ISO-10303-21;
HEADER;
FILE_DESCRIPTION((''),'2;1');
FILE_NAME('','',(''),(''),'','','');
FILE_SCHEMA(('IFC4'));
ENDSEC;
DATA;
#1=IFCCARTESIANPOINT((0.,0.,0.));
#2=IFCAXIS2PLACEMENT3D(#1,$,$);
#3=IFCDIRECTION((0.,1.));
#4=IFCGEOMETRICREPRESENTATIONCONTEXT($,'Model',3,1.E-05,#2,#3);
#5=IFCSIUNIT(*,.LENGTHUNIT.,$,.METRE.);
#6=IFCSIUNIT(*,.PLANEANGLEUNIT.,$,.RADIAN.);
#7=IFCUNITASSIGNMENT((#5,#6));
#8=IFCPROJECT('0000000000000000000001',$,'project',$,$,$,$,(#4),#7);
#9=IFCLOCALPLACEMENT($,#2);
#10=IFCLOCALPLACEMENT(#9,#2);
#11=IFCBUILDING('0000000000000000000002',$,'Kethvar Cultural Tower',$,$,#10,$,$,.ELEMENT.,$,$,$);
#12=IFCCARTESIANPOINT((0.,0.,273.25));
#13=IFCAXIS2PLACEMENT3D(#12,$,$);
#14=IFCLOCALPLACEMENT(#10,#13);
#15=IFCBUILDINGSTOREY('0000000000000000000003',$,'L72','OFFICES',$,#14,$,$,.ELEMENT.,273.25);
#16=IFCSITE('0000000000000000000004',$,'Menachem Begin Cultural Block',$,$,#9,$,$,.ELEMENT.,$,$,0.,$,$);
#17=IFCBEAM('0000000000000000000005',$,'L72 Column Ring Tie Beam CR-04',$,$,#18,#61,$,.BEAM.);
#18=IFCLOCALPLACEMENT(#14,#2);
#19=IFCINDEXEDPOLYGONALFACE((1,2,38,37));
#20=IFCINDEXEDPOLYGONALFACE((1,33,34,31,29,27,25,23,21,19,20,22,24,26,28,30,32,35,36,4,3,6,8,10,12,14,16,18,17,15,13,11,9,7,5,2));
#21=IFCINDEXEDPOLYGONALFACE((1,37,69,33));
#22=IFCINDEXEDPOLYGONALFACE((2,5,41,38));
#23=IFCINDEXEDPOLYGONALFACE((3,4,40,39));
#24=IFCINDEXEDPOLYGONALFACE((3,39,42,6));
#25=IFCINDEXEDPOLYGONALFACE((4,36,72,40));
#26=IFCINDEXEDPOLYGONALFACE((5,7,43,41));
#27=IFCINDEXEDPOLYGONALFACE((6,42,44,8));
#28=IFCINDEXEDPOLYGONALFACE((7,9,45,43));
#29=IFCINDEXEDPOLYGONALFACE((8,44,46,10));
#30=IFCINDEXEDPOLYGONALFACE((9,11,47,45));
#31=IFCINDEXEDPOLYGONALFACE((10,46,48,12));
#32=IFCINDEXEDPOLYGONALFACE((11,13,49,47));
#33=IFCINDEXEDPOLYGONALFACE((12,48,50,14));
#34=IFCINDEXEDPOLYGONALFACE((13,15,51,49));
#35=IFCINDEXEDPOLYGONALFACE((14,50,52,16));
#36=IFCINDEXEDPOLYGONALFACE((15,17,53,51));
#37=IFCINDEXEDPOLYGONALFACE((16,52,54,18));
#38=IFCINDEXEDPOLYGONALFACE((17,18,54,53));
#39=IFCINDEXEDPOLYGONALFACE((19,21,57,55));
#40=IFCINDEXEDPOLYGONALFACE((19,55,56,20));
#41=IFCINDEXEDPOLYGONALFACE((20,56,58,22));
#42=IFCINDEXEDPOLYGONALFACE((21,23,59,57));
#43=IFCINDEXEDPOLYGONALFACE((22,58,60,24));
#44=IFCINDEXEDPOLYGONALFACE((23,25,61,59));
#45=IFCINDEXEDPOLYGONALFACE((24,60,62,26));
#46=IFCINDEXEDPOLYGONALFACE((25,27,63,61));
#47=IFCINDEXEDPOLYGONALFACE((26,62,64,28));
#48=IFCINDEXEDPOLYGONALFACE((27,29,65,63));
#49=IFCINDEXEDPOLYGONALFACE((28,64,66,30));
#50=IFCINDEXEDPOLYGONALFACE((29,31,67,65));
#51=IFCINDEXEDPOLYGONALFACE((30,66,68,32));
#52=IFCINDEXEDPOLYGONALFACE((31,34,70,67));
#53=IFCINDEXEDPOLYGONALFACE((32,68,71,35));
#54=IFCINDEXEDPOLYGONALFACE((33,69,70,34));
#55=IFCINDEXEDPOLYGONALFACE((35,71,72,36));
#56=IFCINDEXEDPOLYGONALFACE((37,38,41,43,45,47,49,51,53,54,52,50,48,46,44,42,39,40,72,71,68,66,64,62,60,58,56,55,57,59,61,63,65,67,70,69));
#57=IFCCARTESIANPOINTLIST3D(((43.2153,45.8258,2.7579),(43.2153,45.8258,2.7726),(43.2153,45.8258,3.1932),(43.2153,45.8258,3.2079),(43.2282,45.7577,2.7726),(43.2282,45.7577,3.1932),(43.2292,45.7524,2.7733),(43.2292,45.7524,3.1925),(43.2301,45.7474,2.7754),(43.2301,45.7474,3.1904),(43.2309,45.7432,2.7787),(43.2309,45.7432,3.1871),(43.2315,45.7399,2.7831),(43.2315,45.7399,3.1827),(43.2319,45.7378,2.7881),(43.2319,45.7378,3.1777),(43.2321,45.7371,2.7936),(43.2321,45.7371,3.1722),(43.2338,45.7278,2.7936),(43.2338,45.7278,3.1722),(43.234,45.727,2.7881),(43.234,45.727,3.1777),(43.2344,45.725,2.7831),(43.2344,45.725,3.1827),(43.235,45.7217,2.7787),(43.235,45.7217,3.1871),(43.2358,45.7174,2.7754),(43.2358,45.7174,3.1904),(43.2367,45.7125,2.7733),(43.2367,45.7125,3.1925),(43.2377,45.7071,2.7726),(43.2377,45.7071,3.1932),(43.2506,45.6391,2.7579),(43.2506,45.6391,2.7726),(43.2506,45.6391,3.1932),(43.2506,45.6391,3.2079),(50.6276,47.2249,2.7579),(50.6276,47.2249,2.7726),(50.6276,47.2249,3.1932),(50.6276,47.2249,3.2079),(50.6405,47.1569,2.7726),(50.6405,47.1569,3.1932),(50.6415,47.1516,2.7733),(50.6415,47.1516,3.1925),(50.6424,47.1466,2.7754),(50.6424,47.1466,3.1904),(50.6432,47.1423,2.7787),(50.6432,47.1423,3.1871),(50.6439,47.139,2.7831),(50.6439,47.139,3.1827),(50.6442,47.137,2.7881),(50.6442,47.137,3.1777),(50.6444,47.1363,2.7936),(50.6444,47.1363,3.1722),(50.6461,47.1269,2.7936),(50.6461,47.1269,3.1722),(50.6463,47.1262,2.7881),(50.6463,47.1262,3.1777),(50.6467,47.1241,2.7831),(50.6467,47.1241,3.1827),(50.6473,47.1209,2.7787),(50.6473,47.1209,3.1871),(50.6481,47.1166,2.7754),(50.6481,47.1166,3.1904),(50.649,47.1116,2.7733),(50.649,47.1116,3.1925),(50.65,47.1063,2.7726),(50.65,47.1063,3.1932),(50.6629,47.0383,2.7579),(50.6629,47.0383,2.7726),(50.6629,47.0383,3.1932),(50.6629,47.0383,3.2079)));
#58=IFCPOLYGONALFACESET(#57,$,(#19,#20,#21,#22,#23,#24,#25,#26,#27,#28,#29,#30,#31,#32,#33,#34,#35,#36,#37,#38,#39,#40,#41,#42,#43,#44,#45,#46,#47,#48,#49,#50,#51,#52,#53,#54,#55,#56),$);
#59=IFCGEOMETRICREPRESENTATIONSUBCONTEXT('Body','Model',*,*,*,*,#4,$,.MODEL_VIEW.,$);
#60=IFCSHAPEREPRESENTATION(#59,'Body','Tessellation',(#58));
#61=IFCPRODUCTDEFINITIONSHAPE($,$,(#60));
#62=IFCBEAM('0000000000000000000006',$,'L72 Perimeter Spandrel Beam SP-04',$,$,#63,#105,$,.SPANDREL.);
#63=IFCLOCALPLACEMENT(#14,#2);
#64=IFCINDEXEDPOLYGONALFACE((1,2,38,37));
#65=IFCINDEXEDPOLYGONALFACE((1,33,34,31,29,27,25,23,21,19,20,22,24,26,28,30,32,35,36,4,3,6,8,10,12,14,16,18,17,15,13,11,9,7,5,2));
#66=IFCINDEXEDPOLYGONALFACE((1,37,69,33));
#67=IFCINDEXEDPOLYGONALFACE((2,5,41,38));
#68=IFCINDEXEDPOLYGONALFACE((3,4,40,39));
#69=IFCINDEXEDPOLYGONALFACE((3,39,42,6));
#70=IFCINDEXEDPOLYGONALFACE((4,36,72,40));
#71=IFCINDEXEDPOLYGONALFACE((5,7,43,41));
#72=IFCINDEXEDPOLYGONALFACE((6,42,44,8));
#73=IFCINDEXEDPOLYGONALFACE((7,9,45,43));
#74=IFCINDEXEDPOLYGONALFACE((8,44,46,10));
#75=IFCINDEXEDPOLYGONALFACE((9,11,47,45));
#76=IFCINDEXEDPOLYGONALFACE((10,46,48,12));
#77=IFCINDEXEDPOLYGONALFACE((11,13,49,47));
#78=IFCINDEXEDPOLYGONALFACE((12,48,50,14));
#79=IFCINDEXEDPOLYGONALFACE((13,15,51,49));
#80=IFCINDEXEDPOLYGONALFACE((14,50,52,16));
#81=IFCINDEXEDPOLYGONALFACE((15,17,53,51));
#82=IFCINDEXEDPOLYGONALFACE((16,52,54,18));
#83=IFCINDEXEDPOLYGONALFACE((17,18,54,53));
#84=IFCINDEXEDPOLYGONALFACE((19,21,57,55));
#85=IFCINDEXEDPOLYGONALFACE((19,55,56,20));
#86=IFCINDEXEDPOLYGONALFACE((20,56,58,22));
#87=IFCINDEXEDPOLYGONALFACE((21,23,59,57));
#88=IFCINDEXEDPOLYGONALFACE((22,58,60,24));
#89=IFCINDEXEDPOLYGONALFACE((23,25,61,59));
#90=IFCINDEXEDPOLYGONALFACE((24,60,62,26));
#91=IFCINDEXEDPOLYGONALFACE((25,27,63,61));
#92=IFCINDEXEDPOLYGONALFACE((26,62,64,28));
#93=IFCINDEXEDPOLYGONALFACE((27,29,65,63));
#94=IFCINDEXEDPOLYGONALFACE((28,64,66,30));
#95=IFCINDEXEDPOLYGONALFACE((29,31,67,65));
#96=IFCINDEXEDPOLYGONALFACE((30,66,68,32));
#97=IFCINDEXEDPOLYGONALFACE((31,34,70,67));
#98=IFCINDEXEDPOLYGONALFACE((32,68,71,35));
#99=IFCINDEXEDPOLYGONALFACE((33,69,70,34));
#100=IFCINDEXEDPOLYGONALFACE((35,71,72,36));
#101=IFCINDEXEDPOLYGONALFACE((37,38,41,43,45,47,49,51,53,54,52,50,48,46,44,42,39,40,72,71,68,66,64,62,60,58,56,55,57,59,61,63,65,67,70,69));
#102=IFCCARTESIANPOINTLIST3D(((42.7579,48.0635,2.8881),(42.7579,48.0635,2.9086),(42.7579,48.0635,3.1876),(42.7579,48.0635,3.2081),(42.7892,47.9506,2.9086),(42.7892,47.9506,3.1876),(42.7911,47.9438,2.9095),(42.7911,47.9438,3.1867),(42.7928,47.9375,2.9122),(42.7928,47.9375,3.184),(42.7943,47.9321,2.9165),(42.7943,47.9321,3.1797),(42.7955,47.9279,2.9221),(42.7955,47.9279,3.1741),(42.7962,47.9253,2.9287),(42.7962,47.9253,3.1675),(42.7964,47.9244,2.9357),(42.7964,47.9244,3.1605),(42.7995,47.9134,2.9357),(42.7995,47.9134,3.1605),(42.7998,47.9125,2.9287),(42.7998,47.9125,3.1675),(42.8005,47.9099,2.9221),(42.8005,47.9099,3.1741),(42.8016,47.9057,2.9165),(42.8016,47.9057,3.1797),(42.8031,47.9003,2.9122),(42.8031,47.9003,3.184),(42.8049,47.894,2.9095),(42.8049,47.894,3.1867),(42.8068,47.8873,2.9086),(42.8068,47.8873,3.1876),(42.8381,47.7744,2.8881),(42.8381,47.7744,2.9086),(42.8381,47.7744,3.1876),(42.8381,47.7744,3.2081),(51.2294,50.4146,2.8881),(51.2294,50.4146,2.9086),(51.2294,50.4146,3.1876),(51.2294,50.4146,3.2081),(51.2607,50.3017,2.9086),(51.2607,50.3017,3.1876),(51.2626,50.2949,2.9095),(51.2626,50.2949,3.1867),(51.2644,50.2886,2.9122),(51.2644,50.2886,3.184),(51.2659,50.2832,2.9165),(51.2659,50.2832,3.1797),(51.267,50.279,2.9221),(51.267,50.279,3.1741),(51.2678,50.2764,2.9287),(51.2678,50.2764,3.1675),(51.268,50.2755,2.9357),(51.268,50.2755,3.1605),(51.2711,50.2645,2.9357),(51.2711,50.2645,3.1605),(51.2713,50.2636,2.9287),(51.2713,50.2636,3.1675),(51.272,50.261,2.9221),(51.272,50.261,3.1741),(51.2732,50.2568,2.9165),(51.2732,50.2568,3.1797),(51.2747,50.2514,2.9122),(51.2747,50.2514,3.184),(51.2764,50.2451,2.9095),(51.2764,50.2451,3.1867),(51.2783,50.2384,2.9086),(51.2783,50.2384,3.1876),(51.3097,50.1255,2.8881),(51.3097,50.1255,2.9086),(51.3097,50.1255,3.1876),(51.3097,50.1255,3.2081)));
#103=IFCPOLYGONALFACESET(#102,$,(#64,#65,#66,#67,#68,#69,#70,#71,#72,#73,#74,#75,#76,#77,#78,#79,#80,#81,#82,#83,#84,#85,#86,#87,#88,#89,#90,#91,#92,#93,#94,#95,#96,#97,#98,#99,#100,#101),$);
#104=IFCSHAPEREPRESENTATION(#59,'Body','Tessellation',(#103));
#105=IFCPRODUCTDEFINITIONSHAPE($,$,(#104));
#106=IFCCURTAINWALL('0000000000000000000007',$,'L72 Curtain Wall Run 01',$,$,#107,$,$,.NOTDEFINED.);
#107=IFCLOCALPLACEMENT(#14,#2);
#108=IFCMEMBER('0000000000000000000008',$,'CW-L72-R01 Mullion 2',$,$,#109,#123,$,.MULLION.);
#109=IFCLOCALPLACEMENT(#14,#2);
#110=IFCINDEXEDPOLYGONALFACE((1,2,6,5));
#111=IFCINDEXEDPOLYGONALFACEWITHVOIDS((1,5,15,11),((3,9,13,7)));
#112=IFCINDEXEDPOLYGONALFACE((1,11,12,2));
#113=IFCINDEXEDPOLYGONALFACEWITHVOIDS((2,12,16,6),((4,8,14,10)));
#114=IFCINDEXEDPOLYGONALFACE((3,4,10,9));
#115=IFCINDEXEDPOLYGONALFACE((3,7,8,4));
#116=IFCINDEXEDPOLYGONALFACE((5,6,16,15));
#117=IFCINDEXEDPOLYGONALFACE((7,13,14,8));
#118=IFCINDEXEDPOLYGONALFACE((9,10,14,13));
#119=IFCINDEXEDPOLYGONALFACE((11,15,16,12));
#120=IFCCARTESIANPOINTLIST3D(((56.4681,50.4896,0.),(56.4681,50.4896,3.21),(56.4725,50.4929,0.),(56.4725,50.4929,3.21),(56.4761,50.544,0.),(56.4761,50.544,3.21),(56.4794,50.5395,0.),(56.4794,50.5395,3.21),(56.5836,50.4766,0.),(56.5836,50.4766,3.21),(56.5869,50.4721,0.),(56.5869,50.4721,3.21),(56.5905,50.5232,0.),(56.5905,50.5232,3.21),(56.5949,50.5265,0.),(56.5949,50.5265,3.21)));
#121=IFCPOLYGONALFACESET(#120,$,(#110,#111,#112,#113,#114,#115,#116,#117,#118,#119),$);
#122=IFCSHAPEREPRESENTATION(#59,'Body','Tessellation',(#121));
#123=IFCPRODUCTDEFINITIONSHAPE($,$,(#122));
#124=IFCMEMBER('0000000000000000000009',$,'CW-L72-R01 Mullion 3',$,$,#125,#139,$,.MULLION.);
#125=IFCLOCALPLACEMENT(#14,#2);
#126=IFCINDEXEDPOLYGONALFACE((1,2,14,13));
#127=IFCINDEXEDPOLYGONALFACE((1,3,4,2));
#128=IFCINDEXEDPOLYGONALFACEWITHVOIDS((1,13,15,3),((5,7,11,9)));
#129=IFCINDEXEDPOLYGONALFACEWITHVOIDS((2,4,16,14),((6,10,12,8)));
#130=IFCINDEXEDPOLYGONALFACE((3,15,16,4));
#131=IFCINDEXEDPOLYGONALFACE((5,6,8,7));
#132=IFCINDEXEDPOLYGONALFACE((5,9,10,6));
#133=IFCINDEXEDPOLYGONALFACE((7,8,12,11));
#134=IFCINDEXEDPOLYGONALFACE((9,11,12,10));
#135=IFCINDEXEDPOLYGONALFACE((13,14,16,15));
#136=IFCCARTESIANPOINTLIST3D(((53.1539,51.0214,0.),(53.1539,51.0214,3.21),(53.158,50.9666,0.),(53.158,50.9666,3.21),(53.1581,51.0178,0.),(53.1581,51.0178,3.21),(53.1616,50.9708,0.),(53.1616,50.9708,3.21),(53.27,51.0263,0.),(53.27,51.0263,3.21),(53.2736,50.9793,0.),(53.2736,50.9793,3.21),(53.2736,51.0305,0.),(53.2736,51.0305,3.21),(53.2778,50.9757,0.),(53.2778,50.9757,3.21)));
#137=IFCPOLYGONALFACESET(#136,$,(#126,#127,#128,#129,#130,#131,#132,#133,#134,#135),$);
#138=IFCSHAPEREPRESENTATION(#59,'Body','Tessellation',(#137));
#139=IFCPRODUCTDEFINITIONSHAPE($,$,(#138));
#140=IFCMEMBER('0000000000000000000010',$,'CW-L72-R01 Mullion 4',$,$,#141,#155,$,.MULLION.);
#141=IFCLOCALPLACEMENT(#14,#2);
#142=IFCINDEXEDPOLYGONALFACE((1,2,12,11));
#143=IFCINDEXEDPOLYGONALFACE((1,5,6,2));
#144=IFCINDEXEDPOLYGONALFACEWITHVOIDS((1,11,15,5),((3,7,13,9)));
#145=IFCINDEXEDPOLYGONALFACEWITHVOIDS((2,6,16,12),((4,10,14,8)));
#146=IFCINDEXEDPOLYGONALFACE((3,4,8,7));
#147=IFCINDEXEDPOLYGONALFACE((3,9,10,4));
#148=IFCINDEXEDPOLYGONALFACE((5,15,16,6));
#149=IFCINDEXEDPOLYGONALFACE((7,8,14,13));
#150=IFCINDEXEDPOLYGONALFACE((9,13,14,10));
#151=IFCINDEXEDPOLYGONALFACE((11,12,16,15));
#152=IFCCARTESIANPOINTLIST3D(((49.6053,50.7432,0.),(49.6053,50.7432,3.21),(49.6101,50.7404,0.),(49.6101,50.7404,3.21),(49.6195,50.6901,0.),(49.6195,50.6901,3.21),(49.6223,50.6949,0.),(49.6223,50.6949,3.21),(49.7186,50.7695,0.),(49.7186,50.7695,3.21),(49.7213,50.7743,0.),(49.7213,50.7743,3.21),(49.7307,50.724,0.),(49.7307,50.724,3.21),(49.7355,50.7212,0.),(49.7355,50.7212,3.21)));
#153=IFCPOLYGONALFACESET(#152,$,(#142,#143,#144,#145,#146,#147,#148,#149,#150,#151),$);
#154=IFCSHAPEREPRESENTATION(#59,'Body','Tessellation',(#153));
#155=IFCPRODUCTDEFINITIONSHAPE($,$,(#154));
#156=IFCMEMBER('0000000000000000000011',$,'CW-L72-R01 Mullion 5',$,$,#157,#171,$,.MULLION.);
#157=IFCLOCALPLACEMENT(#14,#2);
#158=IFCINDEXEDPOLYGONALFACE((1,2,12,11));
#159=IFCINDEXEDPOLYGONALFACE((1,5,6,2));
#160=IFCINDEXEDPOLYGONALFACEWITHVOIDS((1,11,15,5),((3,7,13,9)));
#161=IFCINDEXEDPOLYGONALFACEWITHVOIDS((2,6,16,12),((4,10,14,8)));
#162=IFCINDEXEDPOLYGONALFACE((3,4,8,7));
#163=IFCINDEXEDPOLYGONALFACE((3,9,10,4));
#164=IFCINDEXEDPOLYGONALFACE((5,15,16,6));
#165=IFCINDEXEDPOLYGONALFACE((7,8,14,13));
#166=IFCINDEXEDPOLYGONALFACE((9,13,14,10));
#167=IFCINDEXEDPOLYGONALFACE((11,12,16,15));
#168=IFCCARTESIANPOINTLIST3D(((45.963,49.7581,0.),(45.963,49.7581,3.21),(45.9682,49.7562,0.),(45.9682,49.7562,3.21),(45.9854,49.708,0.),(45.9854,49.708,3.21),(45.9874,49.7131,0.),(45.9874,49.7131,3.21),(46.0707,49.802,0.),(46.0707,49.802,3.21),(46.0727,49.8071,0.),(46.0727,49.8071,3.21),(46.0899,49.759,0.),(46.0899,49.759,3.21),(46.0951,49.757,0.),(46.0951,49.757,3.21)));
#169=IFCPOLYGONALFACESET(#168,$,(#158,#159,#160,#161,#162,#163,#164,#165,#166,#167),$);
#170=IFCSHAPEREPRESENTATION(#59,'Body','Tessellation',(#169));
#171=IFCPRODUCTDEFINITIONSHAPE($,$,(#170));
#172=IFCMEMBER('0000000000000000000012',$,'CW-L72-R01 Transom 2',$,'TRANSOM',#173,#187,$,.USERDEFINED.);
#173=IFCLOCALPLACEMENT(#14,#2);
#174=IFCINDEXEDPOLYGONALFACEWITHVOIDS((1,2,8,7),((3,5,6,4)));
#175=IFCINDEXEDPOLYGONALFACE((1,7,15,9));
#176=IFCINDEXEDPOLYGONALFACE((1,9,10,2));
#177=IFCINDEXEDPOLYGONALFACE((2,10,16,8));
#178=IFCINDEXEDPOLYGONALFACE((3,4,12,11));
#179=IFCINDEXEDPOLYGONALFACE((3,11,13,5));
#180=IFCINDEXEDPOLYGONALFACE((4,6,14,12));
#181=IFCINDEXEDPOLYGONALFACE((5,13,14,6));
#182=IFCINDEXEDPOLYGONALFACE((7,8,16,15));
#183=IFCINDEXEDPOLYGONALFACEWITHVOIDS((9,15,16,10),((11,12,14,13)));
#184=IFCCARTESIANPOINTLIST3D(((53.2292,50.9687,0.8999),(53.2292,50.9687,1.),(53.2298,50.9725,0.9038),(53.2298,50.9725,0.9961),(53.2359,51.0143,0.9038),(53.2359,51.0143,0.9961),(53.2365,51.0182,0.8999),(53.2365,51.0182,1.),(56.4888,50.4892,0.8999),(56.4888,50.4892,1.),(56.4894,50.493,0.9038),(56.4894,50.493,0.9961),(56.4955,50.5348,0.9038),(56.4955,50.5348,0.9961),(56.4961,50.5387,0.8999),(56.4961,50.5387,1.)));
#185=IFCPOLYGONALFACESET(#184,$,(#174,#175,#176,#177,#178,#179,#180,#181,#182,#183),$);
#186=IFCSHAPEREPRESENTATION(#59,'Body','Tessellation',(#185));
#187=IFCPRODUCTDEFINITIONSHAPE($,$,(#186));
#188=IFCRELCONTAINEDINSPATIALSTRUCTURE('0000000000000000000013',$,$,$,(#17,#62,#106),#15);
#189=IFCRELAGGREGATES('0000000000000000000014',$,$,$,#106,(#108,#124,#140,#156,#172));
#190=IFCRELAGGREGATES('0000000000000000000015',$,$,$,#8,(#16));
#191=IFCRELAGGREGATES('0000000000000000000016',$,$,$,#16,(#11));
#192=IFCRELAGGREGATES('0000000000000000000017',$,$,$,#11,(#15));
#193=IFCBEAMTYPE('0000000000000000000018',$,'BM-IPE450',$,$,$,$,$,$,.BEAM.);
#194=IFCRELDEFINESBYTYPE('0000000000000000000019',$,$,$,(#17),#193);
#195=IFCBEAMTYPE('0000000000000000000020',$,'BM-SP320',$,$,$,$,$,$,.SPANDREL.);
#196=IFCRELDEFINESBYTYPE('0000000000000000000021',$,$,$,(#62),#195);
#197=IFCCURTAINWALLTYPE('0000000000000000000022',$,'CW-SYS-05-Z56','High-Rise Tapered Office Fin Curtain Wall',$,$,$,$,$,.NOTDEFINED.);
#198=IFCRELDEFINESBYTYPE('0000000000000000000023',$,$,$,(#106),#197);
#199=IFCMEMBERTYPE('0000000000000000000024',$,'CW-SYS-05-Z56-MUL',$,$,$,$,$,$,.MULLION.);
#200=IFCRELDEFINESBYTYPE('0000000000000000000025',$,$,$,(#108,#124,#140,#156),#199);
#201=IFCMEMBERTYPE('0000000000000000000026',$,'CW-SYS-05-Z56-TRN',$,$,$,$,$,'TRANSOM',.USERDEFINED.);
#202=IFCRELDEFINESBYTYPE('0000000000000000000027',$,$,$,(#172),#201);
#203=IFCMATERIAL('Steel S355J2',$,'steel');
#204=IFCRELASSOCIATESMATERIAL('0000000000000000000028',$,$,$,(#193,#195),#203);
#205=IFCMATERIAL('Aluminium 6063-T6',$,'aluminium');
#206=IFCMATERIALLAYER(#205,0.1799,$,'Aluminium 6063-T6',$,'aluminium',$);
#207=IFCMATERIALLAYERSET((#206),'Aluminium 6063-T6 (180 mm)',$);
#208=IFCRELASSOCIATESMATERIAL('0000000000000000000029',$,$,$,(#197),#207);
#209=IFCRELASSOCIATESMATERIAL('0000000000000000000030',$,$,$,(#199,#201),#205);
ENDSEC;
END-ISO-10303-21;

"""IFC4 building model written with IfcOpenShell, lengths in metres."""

from ifc_helpers import new_model, si_unit, direction, frame, origin, origin_2d, place, context, subcontext, project, spatial, hollow_rectangle, i_section, extrude, source, transform, mapped, material, layer, layer_set, material_profile, profile_set, type_object, element, aggregate, save


model = new_model("IFC4")

# Units and contexts
model_context = context("Model", 3, precision=1e-05, world=origin(), true_north=direction((0.0, 1.0)))
body_context = subcontext(model_context, "Body", "Model", "MODEL_VIEW")
ifc_project = project(units=[si_unit("LENGTHUNIT", "METRE"), si_unit("PLANEANGLEUNIT", "RADIAN")], contexts=[model_context])

# Site, building, storey
site_placement = place(None, origin())
site = spatial("IfcSite", under=ifc_project, at=site_placement, Name="Menachem Begin Cultural Block", CompositionType="ELEMENT", RefElevation=0.0)
building_placement = place(site_placement, origin())
building = spatial("IfcBuilding", under=site, at=building_placement, Name="Kethvar Cultural Tower", CompositionType="ELEMENT")
storey_placement = place(building_placement, frame((0.0, 0.0, 273.25)))
storey = spatial("IfcBuildingStorey", under=building, at=storey_placement, Name="L72", Description="OFFICES", CompositionType="ELEMENT", Elevation=273.25)

# Shared definitions
ifc_material_1 = material(Name="Steel S355J2", Category="steel")

# Beams
ifc_material_profile_1 = material_profile(ifc_material_1, i_section(OverallWidth=0.1899, OverallDepth=0.45, WebThickness=0.0095, FlangeThickness=0.0146, FilletRadius=0.021, at=origin_2d()), Name="Steel S355J2 — IPE450")
ifc_profile_set_1 = profile_set([ifc_material_profile_1], Name="Steel S355J2 — IPE450")
beam_type_1 = type_object("IfcBeamType", Name="BM-IPE450", PredefinedType="BEAM", material=ifc_profile_set_1)
shared_shape_1 = source(origin(), body_context, "Body", "SweptSolid", [
    extrude(i_section(OverallWidth=0.1899, OverallDepth=0.45, WebThickness=0.0095, FlangeThickness=0.0146, FilletRadius=0.021, at=origin_2d()), origin(), (0.0, 0.0, 1.0), 7.5432),
])
beam_1_placement = place(storey_placement, frame((50.6453, 47.1316, 2.9829), z_axis=(-0.982647, -0.185486, 0.0), x_axis=(0.185486, -0.982647, 0.0)))
element("IfcBeam", 1, at=beam_1_placement, inside=storey, type_object=beam_type_1, Name="L72 Column Ring Tie Beam CR-04", PredefinedType="BEAM", context=body_context, shape_type="MappedRepresentation", body=[
    mapped(shared_shape_1, transform((0.0, 0.0, 0.0), scale=1.0)),
])
ifc_material_profile_2 = material_profile(ifc_material_1, i_section(OverallWidth=0.3, OverallDepth=0.3201, WebThickness=0.0115, FlangeThickness=0.0205, FilletRadius=0.0271, at=origin_2d()), Name="Steel S355J2 — HEB320")
ifc_profile_set_2 = profile_set([ifc_material_profile_2], Name="Steel S355J2 — HEB320")
beam_type_2 = type_object("IfcBeamType", Name="BM-SP320", PredefinedType="SPANDREL", material=ifc_profile_set_2)
shared_shape_2 = source(origin(), body_context, "Body", "SweptSolid", [
    extrude(i_section(OverallWidth=0.3, OverallDepth=0.3201, WebThickness=0.0115, FlangeThickness=0.0205, FilletRadius=0.0271, at=origin_2d()), origin(), (0.0, 0.0, 1.0), 8.7917),
])
beam_2_placement = place(storey_placement, frame((51.2695, 50.27, 3.0481), z_axis=(-0.96358, -0.267422, 0.0), x_axis=(0.267422, -0.96358, 0.0)))
element("IfcBeam", 2, at=beam_2_placement, inside=storey, type_object=beam_type_2, Name="L72 Perimeter Spandrel Beam SP-04", PredefinedType="SPANDREL", context=body_context, shape_type="MappedRepresentation", body=[
    mapped(shared_shape_2, transform((0.0, 0.0, 0.0), scale=1.0)),
])

# Curtain wall, members
ifc_material_2 = material(Name="Aluminium 6063-T6", Category="aluminium")
ifc_layer_1 = layer(ifc_material_2, 0.1799, Name="Aluminium 6063-T6", Category="aluminium")
ifc_layer_set_1 = layer_set([ifc_layer_1], Name="Aluminium 6063-T6 (180 mm)")
curtain_wall_type = type_object("IfcCurtainWallType", Name="CW-SYS-05-Z56", Description="High-Rise Tapered Office Fin Curtain Wall", PredefinedType="NOTDEFINED", material=ifc_layer_set_1)
curtain_wall_placement = place(storey_placement, origin())
curtain_wall = element("IfcCurtainWall", 3, at=curtain_wall_placement, inside=storey, type_object=curtain_wall_type, Name="L72 Curtain Wall Run 01", PredefinedType="NOTDEFINED")
ifc_material_profile_3 = material_profile(ifc_material_2, hollow_rectangle(XDim=0.0549, YDim=0.1201, WallThickness=0.0039, at=origin_2d()), Name="Aluminium 6063-T6 — RHS120x55x4")
ifc_profile_set_3 = profile_set([ifc_material_profile_3], Name="Aluminium 6063-T6 — RHS120x55x4")
member_type_1 = type_object("IfcMemberType", Name="CW-SYS-05-Z56-MUL", PredefinedType="MULLION", material=ifc_profile_set_3)
shared_shape_3 = source(origin(), body_context, "Body", "SweptSolid", [
    extrude(hollow_rectangle(XDim=0.0549, YDim=0.1201, WallThickness=0.0039, at=origin_2d()), origin(), (0.0, 0.0, 1.0), 3.21),
])
member_1_placement = place(storey_placement, frame((56.5315, 50.5081, 0.0), z_axis=(0.0, 0.0, 1.0), x_axis=(-0.1456, -0.989344, 0.0)))
member_1 = element("IfcMember", 4, at=member_1_placement, type_object=member_type_1, Name="CW-L72-R01 Mullion 2", PredefinedType="MULLION", context=body_context, shape_type="MappedRepresentation", body=[
    mapped(shared_shape_3, transform((0.0, 0.0, 0.0), scale=1.0)),
])
member_2_placement = place(storey_placement, frame((53.2158, 50.9985, 0.0), z_axis=(0.0, 0.0, 1.0), x_axis=(0.075414, -0.997152, 0.0)))
member_2 = element("IfcMember", 5, at=member_2_placement, type_object=member_type_1, Name="CW-L72-R01 Mullion 3", PredefinedType="MULLION", context=body_context, shape_type="MappedRepresentation", body=[
    mapped(shared_shape_3, transform((0.0, 0.0, 0.0), scale=1.0)),
])
member_3_placement = place(storey_placement, frame((49.6704, 50.7322, 0.0), z_axis=(0.0, 0.0, 1.0), x_axis=(0.258836, -0.965921, 0.0)))
member_3 = element("IfcMember", 6, at=member_3_placement, type_object=member_type_1, Name="CW-L72-R01 Mullion 4", PredefinedType="MULLION", context=body_context, shape_type="MappedRepresentation", body=[
    mapped(shared_shape_3, transform((0.0, 0.0, 0.0), scale=1.0)),
])
member_4_placement = place(storey_placement, frame((46.0291, 49.7576, 0.0), z_axis=(0.0, 0.0, 1.0), x_axis=(0.408012, -0.912977, 0.0)))
member_4 = element("IfcMember", 7, at=member_4_placement, type_object=member_type_1, Name="CW-L72-R01 Mullion 5", PredefinedType="MULLION", context=body_context, shape_type="MappedRepresentation", body=[
    mapped(shared_shape_3, transform((0.0, 0.0, 0.0), scale=1.0)),
])
ifc_material_profile_4 = material_profile(ifc_material_2, hollow_rectangle(XDim=0.05, YDim=0.1001, WallThickness=0.0039, at=origin_2d()), Name="Aluminium 6063-T6 — RHS100x50x4")
ifc_profile_set_4 = profile_set([ifc_material_profile_4], Name="Aluminium 6063-T6 — RHS100x50x4")
member_type_2 = type_object("IfcMemberType", Name="CW-SYS-05-Z56-TRN", ElementType="TRANSOM", PredefinedType="USERDEFINED", material=ifc_profile_set_4)
shared_shape_4 = source(origin(), body_context, "Body", "SweptSolid", [
    extrude(hollow_rectangle(XDim=0.05, YDim=0.1001, WallThickness=0.0039, at=origin_2d()), origin(), (0.0, 0.0, 1.0), 3.2947),
])
member_5_placement = place(storey_placement, frame((56.4924, 50.5139, 0.95), z_axis=(-0.989353, 0.145539, 0.0), x_axis=(-0.145539, -0.989353, 0.0)))
member_5 = element("IfcMember", 8, at=member_5_placement, type_object=member_type_2, Name="CW-L72-R01 Transom 2", ObjectType="TRANSOM", PredefinedType="USERDEFINED", context=body_context, shape_type="MappedRepresentation", body=[
    mapped(shared_shape_4, transform((0.0, 0.0, 0.0), scale=1.0)),
])
aggregate(curtain_wall, [member_1, member_2, member_3, member_4, member_5])

save(model, "model.ifc")
